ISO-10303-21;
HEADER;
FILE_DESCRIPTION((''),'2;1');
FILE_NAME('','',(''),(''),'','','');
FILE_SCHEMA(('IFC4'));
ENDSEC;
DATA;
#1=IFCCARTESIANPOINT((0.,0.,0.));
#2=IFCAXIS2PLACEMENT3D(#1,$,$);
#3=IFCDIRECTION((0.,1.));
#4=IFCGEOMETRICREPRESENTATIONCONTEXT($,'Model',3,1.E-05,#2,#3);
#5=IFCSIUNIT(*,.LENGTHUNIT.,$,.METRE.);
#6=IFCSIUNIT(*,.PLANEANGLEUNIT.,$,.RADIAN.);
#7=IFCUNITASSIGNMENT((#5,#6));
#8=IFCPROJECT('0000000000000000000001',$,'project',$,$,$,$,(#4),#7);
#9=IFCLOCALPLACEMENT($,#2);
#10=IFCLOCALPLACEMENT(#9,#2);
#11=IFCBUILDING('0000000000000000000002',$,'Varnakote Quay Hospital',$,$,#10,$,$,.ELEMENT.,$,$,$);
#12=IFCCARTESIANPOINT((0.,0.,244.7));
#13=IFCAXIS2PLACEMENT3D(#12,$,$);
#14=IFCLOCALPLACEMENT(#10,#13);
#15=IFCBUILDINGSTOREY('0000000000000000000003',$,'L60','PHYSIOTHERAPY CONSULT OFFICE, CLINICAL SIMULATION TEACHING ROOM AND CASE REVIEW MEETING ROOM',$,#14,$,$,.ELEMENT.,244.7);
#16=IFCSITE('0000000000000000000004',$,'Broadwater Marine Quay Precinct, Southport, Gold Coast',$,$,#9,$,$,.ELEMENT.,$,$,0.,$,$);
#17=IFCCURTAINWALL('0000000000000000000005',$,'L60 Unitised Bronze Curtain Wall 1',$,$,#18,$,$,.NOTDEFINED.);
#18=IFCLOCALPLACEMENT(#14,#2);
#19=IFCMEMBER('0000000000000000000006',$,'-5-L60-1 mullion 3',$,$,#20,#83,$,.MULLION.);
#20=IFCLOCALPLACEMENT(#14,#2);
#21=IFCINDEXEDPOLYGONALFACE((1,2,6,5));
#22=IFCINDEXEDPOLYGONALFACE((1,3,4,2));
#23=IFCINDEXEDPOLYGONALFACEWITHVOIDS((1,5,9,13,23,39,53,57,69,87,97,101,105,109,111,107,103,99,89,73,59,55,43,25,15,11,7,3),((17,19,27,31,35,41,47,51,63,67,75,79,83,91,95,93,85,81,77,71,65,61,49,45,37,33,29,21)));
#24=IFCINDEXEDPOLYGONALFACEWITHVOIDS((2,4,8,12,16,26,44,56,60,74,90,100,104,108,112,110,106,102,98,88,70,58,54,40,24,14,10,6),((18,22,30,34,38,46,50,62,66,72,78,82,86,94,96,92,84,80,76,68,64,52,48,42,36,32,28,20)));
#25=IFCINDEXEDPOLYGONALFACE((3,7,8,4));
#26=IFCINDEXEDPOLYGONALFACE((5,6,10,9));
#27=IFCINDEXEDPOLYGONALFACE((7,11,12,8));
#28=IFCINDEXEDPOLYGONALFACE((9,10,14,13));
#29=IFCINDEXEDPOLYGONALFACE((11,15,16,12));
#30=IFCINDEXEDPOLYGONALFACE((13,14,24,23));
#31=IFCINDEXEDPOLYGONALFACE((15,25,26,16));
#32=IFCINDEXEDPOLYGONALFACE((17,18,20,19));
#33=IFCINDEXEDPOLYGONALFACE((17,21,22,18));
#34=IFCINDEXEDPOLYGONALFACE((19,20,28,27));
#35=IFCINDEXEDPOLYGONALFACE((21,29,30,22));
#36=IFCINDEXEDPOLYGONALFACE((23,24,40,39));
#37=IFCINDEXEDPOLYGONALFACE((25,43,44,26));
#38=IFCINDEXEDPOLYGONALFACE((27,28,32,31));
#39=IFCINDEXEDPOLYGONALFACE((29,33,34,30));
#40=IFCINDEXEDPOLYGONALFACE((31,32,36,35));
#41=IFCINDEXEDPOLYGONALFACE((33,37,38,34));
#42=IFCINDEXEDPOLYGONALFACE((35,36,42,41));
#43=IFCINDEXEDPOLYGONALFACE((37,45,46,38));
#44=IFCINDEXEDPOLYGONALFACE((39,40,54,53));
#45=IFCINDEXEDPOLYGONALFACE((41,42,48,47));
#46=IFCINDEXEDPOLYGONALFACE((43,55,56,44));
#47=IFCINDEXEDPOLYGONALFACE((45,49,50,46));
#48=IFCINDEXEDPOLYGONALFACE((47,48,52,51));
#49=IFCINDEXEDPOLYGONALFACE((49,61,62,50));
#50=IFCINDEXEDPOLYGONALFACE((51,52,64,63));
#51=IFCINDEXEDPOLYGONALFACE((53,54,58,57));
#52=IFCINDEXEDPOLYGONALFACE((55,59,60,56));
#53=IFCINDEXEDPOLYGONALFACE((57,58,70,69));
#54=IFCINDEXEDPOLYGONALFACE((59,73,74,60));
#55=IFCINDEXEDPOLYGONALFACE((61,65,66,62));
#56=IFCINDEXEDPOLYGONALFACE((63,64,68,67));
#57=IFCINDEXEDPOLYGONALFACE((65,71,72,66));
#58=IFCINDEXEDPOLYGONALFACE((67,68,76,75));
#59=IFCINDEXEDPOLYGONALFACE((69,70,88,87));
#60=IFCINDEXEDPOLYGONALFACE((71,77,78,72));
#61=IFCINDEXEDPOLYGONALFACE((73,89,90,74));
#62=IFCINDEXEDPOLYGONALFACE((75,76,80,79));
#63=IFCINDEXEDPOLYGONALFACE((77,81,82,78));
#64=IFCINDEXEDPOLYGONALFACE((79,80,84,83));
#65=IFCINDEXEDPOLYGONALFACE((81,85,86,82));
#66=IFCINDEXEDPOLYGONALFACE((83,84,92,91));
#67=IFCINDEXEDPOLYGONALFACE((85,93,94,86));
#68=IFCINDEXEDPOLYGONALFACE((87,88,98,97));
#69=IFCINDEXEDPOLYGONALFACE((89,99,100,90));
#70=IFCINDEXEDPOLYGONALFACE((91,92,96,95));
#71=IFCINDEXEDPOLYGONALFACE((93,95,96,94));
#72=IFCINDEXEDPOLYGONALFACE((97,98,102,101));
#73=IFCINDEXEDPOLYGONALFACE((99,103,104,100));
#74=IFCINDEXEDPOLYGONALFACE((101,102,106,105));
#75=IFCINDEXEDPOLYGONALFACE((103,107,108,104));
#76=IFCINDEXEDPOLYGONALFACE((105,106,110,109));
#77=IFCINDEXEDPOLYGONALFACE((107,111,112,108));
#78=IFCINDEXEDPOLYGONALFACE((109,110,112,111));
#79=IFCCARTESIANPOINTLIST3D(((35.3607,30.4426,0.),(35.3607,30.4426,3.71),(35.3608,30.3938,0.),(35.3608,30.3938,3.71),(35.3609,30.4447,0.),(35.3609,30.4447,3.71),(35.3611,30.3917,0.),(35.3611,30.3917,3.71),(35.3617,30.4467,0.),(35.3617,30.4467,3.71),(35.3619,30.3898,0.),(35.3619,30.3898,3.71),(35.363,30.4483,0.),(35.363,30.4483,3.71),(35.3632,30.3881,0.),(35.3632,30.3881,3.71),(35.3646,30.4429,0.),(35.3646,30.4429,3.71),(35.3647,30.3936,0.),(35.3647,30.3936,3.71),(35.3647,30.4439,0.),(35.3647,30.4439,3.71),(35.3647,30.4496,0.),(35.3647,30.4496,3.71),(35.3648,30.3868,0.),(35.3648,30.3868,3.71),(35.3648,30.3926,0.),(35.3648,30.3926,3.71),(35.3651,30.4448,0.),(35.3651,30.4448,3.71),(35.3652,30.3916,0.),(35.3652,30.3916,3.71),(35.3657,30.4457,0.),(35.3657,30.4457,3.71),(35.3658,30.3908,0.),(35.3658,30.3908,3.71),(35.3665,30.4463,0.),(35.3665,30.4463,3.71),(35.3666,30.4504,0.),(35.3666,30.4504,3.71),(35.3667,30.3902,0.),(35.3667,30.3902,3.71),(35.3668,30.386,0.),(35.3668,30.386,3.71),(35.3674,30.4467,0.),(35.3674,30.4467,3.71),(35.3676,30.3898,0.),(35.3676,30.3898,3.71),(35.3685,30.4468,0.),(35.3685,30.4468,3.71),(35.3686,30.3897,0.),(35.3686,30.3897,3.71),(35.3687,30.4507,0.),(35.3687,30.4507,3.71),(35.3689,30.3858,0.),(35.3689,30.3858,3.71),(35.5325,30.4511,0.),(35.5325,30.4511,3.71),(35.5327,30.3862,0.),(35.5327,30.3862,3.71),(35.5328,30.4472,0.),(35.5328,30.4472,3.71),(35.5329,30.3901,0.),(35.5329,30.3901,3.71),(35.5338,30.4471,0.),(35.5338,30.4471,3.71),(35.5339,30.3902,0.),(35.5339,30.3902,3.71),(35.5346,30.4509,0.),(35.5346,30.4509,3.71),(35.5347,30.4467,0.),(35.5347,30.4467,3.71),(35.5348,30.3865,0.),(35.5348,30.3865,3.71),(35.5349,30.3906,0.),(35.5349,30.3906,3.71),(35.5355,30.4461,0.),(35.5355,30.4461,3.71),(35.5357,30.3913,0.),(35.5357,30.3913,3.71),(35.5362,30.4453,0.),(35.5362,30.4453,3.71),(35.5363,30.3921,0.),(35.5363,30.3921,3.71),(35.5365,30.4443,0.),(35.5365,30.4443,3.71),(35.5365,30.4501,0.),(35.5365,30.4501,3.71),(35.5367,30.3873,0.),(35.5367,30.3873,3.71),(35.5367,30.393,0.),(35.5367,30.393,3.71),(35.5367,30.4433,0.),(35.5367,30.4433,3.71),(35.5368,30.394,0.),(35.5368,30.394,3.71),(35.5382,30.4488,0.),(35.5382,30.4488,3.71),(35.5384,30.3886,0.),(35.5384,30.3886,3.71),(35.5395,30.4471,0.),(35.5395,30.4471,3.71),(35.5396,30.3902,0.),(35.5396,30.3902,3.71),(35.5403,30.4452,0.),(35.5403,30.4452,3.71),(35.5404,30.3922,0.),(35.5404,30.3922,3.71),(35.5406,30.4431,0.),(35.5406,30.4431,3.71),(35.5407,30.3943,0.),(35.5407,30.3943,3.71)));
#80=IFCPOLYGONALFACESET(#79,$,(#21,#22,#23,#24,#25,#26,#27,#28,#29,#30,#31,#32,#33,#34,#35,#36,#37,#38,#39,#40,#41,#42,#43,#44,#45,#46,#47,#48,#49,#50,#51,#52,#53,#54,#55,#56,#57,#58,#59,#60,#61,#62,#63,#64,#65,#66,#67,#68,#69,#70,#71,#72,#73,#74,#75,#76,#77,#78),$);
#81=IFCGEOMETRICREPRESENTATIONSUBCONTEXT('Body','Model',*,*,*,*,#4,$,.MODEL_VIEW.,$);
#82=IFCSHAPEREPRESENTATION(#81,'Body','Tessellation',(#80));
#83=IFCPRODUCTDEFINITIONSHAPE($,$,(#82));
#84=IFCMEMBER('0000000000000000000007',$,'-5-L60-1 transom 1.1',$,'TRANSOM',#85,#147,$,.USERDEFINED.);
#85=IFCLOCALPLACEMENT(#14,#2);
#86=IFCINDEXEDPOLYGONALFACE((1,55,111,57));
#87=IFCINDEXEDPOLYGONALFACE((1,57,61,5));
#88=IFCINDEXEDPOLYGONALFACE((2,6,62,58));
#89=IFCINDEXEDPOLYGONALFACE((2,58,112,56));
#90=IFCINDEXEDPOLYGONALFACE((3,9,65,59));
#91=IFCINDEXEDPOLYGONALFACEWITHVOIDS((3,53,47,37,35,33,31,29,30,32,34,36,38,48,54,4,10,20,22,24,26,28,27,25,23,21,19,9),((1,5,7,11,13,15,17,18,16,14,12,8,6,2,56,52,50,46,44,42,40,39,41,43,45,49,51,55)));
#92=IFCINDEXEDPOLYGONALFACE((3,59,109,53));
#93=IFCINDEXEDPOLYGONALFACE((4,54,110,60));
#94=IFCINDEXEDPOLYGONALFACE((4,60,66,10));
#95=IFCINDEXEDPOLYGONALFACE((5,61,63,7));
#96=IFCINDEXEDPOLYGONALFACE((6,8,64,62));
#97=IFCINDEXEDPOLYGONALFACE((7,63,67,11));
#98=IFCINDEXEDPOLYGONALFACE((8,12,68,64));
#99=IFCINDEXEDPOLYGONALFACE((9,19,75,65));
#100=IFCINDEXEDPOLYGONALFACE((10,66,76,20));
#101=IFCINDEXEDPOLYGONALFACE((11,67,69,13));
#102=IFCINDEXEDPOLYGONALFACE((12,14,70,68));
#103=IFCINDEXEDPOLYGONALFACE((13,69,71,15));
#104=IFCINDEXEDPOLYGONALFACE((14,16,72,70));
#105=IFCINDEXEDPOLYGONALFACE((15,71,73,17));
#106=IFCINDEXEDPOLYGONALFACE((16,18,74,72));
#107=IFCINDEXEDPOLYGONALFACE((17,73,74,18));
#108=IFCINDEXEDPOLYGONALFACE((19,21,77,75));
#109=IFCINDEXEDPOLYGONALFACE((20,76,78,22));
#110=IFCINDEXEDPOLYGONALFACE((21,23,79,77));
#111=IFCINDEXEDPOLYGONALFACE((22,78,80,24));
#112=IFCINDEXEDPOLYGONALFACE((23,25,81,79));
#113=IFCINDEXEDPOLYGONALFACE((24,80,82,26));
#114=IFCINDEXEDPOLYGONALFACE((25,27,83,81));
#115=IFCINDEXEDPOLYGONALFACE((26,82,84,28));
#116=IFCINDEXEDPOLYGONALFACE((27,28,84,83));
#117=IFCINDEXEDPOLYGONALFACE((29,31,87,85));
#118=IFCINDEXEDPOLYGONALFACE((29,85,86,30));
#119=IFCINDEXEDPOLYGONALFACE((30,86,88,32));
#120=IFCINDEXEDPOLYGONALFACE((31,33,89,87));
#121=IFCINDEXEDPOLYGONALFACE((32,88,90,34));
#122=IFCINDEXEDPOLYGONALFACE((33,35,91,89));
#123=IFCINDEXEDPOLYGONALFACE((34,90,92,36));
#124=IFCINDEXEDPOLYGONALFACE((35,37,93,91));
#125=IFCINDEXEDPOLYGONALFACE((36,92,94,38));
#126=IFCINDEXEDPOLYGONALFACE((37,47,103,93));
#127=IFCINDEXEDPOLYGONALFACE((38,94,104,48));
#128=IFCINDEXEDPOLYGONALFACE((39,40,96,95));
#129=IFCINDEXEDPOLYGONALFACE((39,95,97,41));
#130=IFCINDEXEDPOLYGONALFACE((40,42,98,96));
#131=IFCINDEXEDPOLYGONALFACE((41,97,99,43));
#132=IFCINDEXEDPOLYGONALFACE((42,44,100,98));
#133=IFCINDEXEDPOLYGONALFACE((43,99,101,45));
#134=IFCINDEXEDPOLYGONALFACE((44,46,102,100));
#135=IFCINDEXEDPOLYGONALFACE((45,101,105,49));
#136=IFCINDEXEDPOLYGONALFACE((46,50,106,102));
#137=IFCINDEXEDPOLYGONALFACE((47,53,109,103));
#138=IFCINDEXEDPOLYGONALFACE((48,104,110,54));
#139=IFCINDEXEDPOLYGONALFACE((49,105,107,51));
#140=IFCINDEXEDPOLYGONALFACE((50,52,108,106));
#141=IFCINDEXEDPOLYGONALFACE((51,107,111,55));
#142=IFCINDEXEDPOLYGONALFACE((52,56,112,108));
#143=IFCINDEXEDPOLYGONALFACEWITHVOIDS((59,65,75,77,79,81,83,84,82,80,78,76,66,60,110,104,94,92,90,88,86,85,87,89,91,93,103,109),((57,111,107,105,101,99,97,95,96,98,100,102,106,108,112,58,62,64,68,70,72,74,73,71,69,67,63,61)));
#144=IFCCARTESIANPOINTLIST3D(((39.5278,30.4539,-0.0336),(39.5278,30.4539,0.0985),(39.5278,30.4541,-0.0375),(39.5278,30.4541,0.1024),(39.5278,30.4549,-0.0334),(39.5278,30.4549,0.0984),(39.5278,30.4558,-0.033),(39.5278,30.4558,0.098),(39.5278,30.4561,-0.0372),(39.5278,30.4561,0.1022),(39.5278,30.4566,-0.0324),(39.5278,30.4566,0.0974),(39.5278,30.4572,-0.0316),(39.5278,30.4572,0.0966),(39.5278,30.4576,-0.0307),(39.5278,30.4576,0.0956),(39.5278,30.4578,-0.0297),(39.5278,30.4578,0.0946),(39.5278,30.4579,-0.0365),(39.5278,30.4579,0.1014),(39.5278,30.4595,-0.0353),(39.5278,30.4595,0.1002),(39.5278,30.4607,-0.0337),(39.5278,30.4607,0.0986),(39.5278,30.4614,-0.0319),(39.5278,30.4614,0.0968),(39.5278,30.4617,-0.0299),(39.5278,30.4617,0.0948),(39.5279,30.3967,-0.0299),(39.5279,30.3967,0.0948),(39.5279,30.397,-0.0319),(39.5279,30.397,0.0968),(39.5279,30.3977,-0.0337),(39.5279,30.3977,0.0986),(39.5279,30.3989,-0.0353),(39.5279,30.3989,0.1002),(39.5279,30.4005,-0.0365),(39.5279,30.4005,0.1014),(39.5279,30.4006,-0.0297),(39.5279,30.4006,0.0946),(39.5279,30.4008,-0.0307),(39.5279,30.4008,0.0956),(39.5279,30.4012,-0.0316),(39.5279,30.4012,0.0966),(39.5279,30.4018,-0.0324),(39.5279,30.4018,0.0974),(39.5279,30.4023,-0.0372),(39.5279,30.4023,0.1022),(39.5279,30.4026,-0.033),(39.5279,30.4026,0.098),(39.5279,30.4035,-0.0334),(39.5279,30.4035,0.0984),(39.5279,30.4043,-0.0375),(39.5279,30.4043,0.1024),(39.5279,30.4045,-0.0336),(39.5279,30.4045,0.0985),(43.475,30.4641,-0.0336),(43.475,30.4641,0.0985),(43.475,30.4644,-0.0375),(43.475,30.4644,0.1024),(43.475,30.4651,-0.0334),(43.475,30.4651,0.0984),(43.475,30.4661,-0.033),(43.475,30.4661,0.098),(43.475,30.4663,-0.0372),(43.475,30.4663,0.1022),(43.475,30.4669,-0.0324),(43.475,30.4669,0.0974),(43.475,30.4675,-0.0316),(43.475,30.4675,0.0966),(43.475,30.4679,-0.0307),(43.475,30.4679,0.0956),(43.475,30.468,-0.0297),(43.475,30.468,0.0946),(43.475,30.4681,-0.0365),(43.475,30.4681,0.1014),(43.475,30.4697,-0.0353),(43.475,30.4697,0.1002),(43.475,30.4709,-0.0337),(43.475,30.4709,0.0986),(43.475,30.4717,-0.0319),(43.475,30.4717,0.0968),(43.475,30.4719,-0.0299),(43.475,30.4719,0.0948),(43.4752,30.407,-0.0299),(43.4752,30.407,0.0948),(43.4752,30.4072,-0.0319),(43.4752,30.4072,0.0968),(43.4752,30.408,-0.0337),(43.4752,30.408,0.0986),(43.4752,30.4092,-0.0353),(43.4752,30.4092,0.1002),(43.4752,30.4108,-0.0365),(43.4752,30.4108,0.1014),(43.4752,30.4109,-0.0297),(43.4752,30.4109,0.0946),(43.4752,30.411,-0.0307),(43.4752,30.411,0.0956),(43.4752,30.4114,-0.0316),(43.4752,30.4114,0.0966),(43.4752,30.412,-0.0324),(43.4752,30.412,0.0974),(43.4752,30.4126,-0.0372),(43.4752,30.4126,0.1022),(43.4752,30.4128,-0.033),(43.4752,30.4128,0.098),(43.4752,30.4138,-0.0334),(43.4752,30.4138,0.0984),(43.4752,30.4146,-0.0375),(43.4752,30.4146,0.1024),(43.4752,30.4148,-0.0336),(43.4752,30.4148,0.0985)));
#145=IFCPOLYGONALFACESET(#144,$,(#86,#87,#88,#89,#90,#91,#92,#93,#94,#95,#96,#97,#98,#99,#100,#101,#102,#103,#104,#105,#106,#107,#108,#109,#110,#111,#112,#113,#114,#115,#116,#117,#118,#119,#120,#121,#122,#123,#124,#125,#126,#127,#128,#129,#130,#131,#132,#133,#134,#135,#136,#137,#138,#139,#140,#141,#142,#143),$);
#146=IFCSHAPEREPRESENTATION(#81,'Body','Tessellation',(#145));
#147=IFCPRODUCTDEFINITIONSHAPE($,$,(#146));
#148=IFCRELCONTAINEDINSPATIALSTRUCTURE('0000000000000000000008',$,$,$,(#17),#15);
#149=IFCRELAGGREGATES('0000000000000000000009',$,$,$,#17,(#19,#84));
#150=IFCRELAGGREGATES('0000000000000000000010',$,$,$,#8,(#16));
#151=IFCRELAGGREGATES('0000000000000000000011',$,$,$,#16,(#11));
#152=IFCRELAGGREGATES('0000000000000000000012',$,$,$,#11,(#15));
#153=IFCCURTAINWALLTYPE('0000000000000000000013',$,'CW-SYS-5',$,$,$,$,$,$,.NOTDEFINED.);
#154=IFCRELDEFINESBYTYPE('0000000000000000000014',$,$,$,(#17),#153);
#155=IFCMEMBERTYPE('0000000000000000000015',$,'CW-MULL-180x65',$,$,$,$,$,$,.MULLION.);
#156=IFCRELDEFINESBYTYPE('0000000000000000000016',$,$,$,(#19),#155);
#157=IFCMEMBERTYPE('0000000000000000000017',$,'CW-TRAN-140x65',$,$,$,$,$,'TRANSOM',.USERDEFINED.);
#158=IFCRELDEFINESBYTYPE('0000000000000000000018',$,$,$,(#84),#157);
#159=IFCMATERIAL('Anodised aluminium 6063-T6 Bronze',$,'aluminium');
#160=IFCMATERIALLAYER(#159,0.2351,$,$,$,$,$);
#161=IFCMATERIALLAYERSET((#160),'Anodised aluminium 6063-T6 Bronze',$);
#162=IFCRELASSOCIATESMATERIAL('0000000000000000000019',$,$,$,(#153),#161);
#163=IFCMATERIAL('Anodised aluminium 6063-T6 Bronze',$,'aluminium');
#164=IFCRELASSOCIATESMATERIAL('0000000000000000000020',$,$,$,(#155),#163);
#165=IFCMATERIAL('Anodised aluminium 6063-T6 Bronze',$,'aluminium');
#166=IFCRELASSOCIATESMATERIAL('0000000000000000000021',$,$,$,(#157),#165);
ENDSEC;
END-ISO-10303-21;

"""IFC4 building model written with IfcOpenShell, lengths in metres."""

from ifc_helpers import new_model, si_unit, direction, frame, origin, origin_2d, place, context, subcontext, project, spatial, hollow_rectangle, extrude, material, layer, layer_set, material_profile, profile_set, type_object, element, aggregate, save


model = new_model("IFC4")

# Units and contexts
model_context = context("Model", 3, precision=1e-05, world=origin(), true_north=direction((0.0, 1.0)))
body_context = subcontext(model_context, "Body", "Model", "MODEL_VIEW")
ifc_project = project(units=[si_unit("LENGTHUNIT", "METRE"), si_unit("PLANEANGLEUNIT", "RADIAN")], contexts=[model_context])

# Site, building, storey
site_placement = place(None, origin())
site = spatial("IfcSite", under=ifc_project, at=site_placement, Name="Broadwater Marine Quay Precinct, Southport, Gold Coast", CompositionType="ELEMENT", RefElevation=0.0)
building_placement = place(site_placement, origin())
building = spatial("IfcBuilding", under=site, at=building_placement, Name="Varnakote Quay Hospital", CompositionType="ELEMENT")
storey_placement = place(building_placement, frame((0.0, 0.0, 244.7)))
storey = spatial("IfcBuildingStorey", under=building, at=storey_placement, Name="L60", Description="PHYSIOTHERAPY CONSULT OFFICE, CLINICAL SIMULATION TEACHING ROOM AND CASE REVIEW MEETING ROOM", CompositionType="ELEMENT", Elevation=244.7)

# Curtain wall, members
ifc_material_1 = material(Name="Anodised aluminium 6063-T6 Bronze", Category="aluminium")
ifc_layer_1 = layer(ifc_material_1, 0.2351)
ifc_layer_set_1 = layer_set([ifc_layer_1], Name="Anodised aluminium 6063-T6 Bronze")
curtain_wall_type = type_object("IfcCurtainWallType", Name="CW-SYS-5", PredefinedType="NOTDEFINED", material=ifc_layer_set_1)
curtain_wall_placement = place(storey_placement, origin())
curtain_wall = element("IfcCurtainWall", 1, at=curtain_wall_placement, inside=storey, type_object=curtain_wall_type, Name="L60 Unitised Bronze Curtain Wall 1", PredefinedType="NOTDEFINED")
ifc_material_2 = material(Name="Anodised aluminium 6063-T6 Bronze", Category="aluminium")
ifc_material_profile_1 = material_profile(ifc_material_2, hollow_rectangle(XDim=0.0649, YDim=0.1799, WallThickness=0.0039, InnerFilletRadius=0.0039, OuterFilletRadius=0.0081, at=origin_2d()), Name="CW-MULL-180x65")
ifc_profile_set_1 = profile_set([ifc_material_profile_1], Name="Anodised aluminium 6063-T6 Bronze")
member_type_1 = type_object("IfcMemberType", Name="CW-MULL-180x65", PredefinedType="MULLION", material=ifc_profile_set_1)
member_1_placement = place(storey_placement, frame((35.4507, 30.4185, 0.0), z_axis=(0.0, 0.0, 1.0), x_axis=(0.002604, -0.999997, 0.0)))
member_1 = element("IfcMember", 2, at=member_1_placement, type_object=member_type_1, Name="-5-L60-1 mullion 3", PredefinedType="MULLION", context=body_context, shape_type="SweptSolid", body=[
    extrude(hollow_rectangle(XDim=0.0649, YDim=0.1799, WallThickness=0.0039, InnerFilletRadius=0.0039, OuterFilletRadius=0.0081, at=origin_2d()), origin(), (0.0, 0.0, 1.0), 3.71),
])
ifc_material_3 = material(Name="Anodised aluminium 6063-T6 Bronze", Category="aluminium")
ifc_material_profile_2 = material_profile(ifc_material_3, hollow_rectangle(XDim=0.0649, YDim=0.1399, WallThickness=0.0039, InnerFilletRadius=0.0039, OuterFilletRadius=0.0076, at=origin_2d()), Name="CW-TRAN-140x65")
ifc_profile_set_2 = profile_set([ifc_material_profile_2], Name="Anodised aluminium 6063-T6 Bronze")
member_type_2 = type_object("IfcMemberType", Name="CW-TRAN-140x65", ElementType="TRANSOM", PredefinedType="USERDEFINED", material=ifc_profile_set_2)
member_2_placement = place(storey_placement, frame((43.4751, 30.4395, 0.0325), z_axis=(-0.999997, -0.002598, 0.0), x_axis=(0.002598, -0.999997, 0.0)))
member_2 = element("IfcMember", 3, at=member_2_placement, type_object=member_type_2, Name="-5-L60-1 transom 1.1", ObjectType="TRANSOM", PredefinedType="USERDEFINED", context=body_context, shape_type="SweptSolid", body=[
    extrude(hollow_rectangle(XDim=0.0649, YDim=0.1399, WallThickness=0.0039, InnerFilletRadius=0.0039, OuterFilletRadius=0.0076, at=origin_2d()), origin(), (0.0, 0.0, 1.0), 3.9473),
])

aggregate(curtain_wall, [member_1, member_2])

save(model, "model.ifc")
